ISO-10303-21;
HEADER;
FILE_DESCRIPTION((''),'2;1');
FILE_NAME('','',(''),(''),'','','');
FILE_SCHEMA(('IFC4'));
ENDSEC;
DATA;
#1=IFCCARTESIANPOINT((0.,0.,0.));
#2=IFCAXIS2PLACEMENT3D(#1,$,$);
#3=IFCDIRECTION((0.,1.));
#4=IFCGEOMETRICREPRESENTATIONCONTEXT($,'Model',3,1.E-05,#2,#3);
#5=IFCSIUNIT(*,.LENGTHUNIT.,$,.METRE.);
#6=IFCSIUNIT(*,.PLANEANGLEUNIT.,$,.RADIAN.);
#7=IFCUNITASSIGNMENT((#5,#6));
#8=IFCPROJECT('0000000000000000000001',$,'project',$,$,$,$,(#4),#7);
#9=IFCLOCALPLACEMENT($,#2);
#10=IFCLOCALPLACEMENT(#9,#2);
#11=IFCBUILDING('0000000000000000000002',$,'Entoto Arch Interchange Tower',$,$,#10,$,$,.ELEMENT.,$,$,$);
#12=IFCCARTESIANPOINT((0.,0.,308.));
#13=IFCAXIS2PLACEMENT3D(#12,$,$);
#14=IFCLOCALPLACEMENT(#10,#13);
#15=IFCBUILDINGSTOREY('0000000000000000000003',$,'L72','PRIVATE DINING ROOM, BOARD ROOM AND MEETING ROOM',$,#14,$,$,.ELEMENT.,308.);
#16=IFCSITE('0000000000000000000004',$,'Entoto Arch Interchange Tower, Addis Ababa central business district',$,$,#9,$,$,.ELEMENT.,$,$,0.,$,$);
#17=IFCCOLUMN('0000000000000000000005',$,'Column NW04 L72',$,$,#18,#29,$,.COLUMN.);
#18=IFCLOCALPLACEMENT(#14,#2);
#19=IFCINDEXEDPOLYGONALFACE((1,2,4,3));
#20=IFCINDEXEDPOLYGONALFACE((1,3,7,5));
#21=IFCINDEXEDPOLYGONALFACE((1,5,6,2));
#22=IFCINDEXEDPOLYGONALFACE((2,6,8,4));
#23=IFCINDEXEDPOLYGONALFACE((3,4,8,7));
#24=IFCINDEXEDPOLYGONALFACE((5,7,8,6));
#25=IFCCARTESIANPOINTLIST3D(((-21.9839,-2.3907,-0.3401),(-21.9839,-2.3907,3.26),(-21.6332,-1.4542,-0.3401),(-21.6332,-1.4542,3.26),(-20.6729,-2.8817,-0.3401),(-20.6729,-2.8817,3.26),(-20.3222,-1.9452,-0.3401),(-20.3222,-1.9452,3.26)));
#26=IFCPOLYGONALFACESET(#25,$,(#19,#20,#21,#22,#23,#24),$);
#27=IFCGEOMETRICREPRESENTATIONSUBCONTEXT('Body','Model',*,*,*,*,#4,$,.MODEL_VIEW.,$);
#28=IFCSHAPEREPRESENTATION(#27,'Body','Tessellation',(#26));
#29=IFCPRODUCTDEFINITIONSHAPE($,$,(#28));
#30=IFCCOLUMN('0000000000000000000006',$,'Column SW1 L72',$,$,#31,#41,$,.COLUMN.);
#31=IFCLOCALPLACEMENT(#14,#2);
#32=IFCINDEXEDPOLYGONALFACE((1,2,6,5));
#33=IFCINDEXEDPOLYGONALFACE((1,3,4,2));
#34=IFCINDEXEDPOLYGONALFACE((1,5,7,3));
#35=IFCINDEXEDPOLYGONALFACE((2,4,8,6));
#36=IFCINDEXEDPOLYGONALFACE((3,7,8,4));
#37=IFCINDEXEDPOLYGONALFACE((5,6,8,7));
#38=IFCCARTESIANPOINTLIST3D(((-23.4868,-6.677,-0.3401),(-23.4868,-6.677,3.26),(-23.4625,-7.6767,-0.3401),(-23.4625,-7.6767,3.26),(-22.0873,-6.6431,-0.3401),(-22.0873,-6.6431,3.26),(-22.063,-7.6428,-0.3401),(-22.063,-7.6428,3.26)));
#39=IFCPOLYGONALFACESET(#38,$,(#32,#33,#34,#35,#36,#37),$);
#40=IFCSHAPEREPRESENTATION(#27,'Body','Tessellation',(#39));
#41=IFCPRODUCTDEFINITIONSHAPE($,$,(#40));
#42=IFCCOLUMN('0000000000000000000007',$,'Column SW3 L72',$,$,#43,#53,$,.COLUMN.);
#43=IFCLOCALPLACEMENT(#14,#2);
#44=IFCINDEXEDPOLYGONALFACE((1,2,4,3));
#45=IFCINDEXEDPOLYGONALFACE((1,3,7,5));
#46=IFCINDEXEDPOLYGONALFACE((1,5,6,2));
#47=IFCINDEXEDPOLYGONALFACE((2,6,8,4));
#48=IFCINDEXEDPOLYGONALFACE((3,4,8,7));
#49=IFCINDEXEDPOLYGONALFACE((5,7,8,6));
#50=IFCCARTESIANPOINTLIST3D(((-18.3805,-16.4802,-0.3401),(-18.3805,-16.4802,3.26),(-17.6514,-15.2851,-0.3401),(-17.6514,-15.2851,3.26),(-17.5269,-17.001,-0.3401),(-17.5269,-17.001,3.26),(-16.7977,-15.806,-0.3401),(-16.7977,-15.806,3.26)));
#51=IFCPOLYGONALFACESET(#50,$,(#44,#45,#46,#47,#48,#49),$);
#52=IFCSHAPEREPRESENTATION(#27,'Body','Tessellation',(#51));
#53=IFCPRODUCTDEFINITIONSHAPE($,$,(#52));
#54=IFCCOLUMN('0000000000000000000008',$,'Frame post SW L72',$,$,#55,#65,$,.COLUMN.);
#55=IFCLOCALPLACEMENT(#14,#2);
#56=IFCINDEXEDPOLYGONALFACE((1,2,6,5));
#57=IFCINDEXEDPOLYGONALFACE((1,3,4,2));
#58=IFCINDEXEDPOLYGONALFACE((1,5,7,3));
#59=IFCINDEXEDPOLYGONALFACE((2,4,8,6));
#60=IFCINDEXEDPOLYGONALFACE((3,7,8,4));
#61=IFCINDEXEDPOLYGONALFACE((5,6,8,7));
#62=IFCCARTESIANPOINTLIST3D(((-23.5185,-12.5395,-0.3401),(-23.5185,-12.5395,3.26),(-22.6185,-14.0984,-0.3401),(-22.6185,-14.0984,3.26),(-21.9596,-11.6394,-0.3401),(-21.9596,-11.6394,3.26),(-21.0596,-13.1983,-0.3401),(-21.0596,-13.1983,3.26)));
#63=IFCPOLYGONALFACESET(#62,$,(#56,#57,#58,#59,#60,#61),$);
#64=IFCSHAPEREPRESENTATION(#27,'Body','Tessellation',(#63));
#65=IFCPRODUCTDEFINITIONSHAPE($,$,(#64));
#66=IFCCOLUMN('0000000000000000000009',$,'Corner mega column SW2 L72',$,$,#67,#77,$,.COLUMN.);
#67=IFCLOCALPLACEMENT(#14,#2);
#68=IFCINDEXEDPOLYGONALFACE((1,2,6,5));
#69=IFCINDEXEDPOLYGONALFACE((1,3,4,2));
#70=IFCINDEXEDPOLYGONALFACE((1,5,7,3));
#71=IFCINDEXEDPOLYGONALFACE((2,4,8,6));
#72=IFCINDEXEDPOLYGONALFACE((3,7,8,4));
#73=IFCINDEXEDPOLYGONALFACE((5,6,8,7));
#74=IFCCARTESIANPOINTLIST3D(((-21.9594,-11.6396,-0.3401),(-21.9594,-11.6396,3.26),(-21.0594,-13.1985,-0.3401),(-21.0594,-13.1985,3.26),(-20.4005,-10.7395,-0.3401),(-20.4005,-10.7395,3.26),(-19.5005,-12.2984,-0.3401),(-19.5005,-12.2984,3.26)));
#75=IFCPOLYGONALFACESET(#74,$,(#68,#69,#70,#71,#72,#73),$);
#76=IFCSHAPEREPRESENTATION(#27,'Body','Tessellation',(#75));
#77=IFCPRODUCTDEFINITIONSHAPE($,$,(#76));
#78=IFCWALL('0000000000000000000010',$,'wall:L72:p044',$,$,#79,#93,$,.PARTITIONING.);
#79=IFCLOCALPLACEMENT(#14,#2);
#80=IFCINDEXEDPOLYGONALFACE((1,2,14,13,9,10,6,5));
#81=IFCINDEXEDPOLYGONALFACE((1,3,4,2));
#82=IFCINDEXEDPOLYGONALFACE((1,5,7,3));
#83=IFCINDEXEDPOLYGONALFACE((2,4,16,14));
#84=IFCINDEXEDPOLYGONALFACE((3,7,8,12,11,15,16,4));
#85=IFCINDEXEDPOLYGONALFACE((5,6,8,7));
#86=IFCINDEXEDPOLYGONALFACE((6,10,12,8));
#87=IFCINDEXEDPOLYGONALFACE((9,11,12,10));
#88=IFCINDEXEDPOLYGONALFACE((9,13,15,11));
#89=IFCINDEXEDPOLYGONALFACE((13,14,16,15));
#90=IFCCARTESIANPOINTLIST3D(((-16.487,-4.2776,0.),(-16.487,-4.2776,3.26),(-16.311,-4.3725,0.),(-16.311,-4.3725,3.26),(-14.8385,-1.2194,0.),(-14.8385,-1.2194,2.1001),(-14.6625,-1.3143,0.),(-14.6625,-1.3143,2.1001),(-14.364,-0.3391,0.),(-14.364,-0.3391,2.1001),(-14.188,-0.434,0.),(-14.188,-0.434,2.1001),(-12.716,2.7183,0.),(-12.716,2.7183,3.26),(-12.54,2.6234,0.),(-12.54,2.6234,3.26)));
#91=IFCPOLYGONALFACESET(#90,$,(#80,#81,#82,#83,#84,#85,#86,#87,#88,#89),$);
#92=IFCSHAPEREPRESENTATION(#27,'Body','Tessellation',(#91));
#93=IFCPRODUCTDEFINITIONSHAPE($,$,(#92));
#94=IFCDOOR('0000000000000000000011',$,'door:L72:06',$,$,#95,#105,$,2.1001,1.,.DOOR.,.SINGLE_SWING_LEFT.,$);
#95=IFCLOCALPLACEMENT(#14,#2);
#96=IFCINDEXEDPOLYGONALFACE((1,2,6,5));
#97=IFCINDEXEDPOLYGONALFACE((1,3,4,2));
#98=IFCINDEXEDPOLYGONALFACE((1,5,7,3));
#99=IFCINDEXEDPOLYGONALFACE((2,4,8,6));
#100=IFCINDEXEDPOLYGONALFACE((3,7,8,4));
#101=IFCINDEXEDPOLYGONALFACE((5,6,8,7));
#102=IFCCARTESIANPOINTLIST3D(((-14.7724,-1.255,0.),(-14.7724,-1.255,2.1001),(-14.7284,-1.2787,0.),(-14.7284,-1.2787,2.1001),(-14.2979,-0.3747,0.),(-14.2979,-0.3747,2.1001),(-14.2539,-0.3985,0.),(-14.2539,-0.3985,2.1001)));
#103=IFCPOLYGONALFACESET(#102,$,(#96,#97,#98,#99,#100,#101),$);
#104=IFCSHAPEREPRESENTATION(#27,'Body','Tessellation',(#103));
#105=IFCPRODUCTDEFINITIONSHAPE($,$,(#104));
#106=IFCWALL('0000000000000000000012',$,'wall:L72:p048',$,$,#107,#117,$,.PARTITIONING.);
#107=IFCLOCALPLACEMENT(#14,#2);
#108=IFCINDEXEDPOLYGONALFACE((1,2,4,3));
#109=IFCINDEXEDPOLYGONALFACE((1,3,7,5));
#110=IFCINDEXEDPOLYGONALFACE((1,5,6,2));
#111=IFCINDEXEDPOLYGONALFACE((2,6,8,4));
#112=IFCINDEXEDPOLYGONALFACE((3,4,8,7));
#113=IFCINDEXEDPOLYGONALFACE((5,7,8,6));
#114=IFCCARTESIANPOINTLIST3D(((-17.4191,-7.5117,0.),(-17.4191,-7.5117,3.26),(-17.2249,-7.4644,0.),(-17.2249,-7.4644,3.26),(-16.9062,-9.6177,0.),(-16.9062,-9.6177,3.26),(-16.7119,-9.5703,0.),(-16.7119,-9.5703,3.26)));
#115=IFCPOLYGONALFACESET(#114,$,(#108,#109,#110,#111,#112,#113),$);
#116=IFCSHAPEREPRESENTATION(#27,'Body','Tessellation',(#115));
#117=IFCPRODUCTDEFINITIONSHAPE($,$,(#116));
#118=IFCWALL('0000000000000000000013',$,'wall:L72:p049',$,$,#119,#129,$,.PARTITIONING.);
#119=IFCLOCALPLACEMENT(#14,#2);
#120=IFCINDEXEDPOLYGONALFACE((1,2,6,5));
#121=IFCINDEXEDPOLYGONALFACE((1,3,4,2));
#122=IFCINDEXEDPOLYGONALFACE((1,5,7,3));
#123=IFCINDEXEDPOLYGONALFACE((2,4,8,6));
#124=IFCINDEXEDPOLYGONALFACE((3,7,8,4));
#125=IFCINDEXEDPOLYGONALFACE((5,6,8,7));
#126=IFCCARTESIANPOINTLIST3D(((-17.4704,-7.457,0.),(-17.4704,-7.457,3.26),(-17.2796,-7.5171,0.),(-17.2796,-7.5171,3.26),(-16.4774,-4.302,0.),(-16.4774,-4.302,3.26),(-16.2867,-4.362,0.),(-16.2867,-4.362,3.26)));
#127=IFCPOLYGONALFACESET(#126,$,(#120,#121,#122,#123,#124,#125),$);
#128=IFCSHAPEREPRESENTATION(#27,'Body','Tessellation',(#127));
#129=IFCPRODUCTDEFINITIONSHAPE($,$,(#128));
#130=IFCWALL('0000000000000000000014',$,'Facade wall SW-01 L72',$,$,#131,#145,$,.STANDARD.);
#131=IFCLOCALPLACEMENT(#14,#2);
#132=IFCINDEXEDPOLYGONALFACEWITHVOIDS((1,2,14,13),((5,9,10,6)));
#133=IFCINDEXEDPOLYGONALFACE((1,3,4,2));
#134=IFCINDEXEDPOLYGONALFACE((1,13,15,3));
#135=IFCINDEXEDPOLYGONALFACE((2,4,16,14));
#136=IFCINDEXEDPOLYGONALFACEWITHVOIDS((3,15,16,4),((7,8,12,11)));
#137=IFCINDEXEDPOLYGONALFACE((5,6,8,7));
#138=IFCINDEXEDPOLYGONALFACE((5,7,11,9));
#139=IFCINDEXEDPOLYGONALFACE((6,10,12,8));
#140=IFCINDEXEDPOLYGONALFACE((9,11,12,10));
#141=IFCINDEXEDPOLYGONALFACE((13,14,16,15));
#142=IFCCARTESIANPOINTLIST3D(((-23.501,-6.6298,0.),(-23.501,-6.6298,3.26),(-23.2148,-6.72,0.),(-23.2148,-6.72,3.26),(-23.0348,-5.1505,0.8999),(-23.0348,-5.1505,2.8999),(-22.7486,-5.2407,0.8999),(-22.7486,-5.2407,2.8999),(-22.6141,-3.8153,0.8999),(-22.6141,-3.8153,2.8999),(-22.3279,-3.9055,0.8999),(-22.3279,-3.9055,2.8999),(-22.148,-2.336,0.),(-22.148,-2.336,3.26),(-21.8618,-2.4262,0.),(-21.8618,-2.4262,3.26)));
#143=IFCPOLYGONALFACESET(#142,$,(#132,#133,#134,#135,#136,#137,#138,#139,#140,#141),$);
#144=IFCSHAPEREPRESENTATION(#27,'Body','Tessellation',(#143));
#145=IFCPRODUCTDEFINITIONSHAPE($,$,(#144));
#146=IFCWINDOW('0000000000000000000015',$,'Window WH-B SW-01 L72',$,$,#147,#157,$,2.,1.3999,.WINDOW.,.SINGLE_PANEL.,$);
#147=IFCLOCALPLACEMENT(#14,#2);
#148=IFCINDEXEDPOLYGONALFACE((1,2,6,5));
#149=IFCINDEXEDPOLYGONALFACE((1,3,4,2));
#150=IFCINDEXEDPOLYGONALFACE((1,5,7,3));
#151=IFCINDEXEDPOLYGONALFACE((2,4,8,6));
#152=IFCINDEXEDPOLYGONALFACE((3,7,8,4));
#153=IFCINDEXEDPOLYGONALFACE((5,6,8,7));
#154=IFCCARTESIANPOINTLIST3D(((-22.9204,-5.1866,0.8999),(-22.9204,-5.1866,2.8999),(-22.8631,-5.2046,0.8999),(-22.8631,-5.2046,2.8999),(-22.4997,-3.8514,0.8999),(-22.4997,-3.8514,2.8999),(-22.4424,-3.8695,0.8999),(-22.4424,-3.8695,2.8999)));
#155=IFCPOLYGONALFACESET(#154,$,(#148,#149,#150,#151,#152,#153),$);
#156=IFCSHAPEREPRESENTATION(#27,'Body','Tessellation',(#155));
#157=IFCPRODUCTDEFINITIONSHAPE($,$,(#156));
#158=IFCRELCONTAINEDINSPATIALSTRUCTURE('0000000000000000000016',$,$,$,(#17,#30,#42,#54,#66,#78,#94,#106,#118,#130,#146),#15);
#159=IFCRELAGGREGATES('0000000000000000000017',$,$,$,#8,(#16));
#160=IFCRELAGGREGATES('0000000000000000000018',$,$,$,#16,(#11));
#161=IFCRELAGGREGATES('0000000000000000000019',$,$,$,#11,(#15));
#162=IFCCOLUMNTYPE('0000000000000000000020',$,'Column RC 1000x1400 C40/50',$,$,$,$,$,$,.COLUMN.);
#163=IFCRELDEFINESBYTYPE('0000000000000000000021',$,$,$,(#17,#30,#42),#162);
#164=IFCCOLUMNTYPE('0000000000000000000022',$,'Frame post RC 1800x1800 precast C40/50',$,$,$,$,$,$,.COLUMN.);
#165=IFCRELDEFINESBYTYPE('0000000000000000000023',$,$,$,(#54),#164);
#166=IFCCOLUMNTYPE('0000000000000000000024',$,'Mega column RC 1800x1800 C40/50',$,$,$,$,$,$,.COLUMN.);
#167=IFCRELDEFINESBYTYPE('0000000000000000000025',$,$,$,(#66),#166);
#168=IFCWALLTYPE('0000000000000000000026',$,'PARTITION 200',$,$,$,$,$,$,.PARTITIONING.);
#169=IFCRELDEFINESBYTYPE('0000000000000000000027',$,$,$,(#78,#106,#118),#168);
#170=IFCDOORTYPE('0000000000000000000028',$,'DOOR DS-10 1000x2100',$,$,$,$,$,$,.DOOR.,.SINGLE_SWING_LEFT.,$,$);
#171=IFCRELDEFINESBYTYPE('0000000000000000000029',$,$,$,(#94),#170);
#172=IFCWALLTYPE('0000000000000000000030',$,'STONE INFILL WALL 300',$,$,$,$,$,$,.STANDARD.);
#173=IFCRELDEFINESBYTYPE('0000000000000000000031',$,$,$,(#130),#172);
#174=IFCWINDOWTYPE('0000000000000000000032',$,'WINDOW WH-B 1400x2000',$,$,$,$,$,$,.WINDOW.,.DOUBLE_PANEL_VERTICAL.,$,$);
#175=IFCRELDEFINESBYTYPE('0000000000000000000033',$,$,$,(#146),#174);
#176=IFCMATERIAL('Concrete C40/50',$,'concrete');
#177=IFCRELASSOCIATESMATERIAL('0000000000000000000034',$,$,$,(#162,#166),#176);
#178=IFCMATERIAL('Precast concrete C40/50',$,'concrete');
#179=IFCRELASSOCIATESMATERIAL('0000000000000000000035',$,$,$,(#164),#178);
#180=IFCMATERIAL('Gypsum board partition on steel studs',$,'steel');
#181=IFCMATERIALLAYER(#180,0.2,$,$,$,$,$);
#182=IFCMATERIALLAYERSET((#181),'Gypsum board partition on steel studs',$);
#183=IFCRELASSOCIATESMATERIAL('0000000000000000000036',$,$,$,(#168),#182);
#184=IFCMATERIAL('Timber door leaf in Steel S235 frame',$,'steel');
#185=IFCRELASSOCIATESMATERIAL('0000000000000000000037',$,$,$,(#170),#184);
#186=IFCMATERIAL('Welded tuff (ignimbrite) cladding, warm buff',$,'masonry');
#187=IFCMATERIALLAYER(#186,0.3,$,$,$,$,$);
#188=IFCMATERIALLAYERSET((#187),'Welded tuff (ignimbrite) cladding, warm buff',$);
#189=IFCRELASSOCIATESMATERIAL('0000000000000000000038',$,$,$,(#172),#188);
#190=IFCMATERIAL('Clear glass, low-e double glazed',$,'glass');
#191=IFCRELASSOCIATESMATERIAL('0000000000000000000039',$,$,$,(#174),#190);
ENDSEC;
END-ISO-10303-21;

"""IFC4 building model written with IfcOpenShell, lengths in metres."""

from ifc_helpers import new_model, si_unit, direction, frame, frame_2d, origin, origin_2d, place, context, subcontext, project, spatial, rectangle, extrude, material, layer, layer_set, material_profile, profile_set, type_object, element, fill, save


model = new_model("IFC4")

# Units and contexts
model_context = context("Model", 3, precision=1e-05, world=origin(), true_north=direction((0.0, 1.0)))
body_context = subcontext(model_context, "Body", "Model", "MODEL_VIEW")
ifc_project = project(units=[si_unit("LENGTHUNIT", "METRE"), si_unit("PLANEANGLEUNIT", "RADIAN")], contexts=[model_context])

# Site, building, storey
site_placement = place(None, origin())
site = spatial("IfcSite", under=ifc_project, at=site_placement, Name="Entoto Arch Interchange Tower, Addis Ababa central business district", CompositionType="ELEMENT", RefElevation=0.0)
building_placement = place(site_placement, origin())
building = spatial("IfcBuilding", under=site, at=building_placement, Name="Entoto Arch Interchange Tower", CompositionType="ELEMENT")
storey_placement = place(building_placement, frame((0.0, 0.0, 308.0)))
storey = spatial("IfcBuildingStorey", under=building, at=storey_placement, Name="L72", Description="PRIVATE DINING ROOM, BOARD ROOM AND MEETING ROOM", CompositionType="ELEMENT", Elevation=308.0)

# Columns
ifc_material_1 = material(Name="Concrete C40/50", Category="concrete")
ifc_material_profile_1 = material_profile(ifc_material_1, rectangle(XDim=1.0, YDim=1.3999, at=origin_2d()))
ifc_profile_set_1 = profile_set([ifc_material_profile_1], Name="Concrete C40/50")
column_type_1 = type_object("IfcColumnType", Name="Column RC 1000x1400 C40/50", PredefinedType="COLUMN", material=ifc_profile_set_1)
for number, where, z_axis, x_axis, name in (
    (1, (-21.1531, -2.168, -0.3401), (0.0, 0.0, 1.0), (0.350714, 0.936483, 0.0), "Column NW04 L72"),
    (2, (-22.7749, -7.1599, -0.3401), (0.0, 0.0, 1.0), (-0.024258, 0.999706, 0.0), "Column SW1 L72"),
    (3, (-17.5891, -16.1431, -0.3401), (0.0, 0.0, 1.0), (-0.853651, 0.520846, 0.0), "Column SW3 L72"),
):
    element("IfcColumn", number, at=place(storey_placement, frame(where, z_axis=z_axis, x_axis=x_axis)), inside=storey, type_object=column_type_1, Name=name, PredefinedType="COLUMN", context=body_context, shape_type="SweptSolid", body=[
        extrude(rectangle(XDim=1.0, YDim=1.3999, at=origin_2d()), origin(), (0.0, 0.0, 1.0), 3.6001),
    ])
ifc_material_2 = material(Name="Precast concrete C40/50", Category="concrete")
ifc_material_profile_2 = material_profile(ifc_material_2, rectangle(XDim=1.8, YDim=1.8, at=origin_2d()))
ifc_profile_set_2 = profile_set([ifc_material_profile_2], Name="Precast concrete C40/50")
column_type_2 = type_object("IfcColumnType", Name="Frame post RC 1800x1800 precast C40/50", PredefinedType="COLUMN", material=ifc_profile_set_2)
column_1_placement = place(storey_placement, frame((-22.2891, -12.8689, -0.3401), z_axis=(0.0, 0.0, 1.0), x_axis=(0.866025, 0.5, 0.0)))
element("IfcColumn", 4, at=column_1_placement, inside=storey, type_object=column_type_2, Name="Frame post SW L72", PredefinedType="COLUMN", context=body_context, shape_type="SweptSolid", body=[
    extrude(rectangle(XDim=1.8, YDim=1.8, at=origin_2d()), origin(), (0.0, 0.0, 1.0), 3.6001),
])
ifc_material_profile_3 = material_profile(ifc_material_1, rectangle(XDim=1.8, YDim=1.8, at=origin_2d()))
ifc_profile_set_3 = profile_set([ifc_material_profile_3], Name="Concrete C40/50")
column_type_3 = type_object("IfcColumnType", Name="Mega column RC 1800x1800 C40/50", PredefinedType="COLUMN", material=ifc_profile_set_3)
column_2_placement = place(storey_placement, frame((-20.73, -11.969, -0.3401), z_axis=(0.0, 0.0, 1.0), x_axis=(0.866025, 0.5, 0.0)))
element("IfcColumn", 5, at=column_2_placement, inside=storey, type_object=column_type_3, Name="Corner mega column SW2 L72", PredefinedType="COLUMN", context=body_context, shape_type="SweptSolid", body=[
    extrude(rectangle(XDim=1.8, YDim=1.8, at=origin_2d()), origin(), (0.0, 0.0, 1.0), 3.6001),
])

# Wall, opening, door
ifc_material_3 = material(Name="Gypsum board partition on steel studs", Category="steel")
ifc_layer_1 = layer(ifc_material_3, 0.2)
ifc_layer_set_1 = layer_set([ifc_layer_1], Name="Gypsum board partition on steel studs")
wall_type_1 = type_object("IfcWallType", Name="PARTITION 200", PredefinedType="PARTITIONING", material=ifc_layer_set_1)
wall_1_placement = place(storey_placement, frame((-16.3989, -4.325, 0.0), z_axis=(0.0, 0.0, 1.0), x_axis=(0.47449, 0.880261, 0.0)))
wall_1 = element("IfcWall", 6, at=wall_1_placement, inside=storey, type_object=wall_type_1, Name="wall:L72:p044", PredefinedType="PARTITIONING", context=body_context, shape_type="SweptSolid", body=[
    extrude(rectangle(XDim=7.9475, YDim=0.2, at=frame_2d((3.9736, 0.0))), origin(), (0.0, 0.0, 1.0), 3.26),
])
opening_1_placement = place(wall_1_placement, frame((3.4741, 0.0, 0.0)))
opening_1 = element("IfcOpeningElement", 7, at=opening_1_placement, cuts=wall_1, PredefinedType="OPENING", context=body_context, shape_type="SweptSolid", body=[
    extrude(rectangle(XDim=1.0, YDim=2.1001, at=frame_2d((0.5, 1.05))), frame((0.0, 0.1099, 0.0), z_axis=(0.0, -1.0, 0.0), x_axis=(1.0, 0.0, 0.0)), (0.0, 0.0, 1.0), 0.22),
])
ifc_material_4 = material(Name="Timber door leaf in Steel S235 frame", Category="steel")
door_type = type_object("IfcDoorType", Name="DOOR DS-10 1000x2100", OperationType="SINGLE_SWING_LEFT", PredefinedType="DOOR", material=ifc_material_4)
door_placement = place(opening_1_placement, origin())
door = element("IfcDoor", 8, at=door_placement, inside=storey, type_object=door_type, Name="door:L72:06", OperationType="SINGLE_SWING_LEFT", OverallHeight=2.1001, OverallWidth=1.0, PredefinedType="DOOR", context=body_context, shape_type="SweptSolid", body=[
    extrude(rectangle(XDim=1.0, YDim=2.1001, at=frame_2d((0.5, 1.05))), frame((0.0, 0.0249, 0.0), z_axis=(0.0, -1.0, 0.0), x_axis=(1.0, 0.0, 0.0)), (0.0, 0.0, 1.0), 0.05),
])
fill(opening_1, door)

# Walls
wall_2_placement = place(storey_placement, frame((-16.8091, -9.594, 0.0), z_axis=(0.0, 0.0, 1.0), x_axis=(-0.236648, 0.971596, 0.0)))
element("IfcWall", 9, at=wall_2_placement, inside=storey, type_object=wall_type_1, Name="wall:L72:p048", PredefinedType="PARTITIONING", context=body_context, shape_type="SweptSolid", body=[
    extrude(rectangle(XDim=2.1675, YDim=0.2, at=frame_2d((1.0837, 0.0))), origin(), (0.0, 0.0, 1.0), 3.26),
])
wall_3_placement = place(storey_placement, frame((-17.375, -7.4871, 0.0), z_axis=(0.0, 0.0, 1.0), x_axis=(0.300195, 0.953878, 0.0)))
element("IfcWall", 10, at=wall_3_placement, inside=storey, type_object=wall_type_1, Name="wall:L72:p049", PredefinedType="PARTITIONING", context=body_context, shape_type="SweptSolid", body=[
    extrude(rectangle(XDim=3.3076, YDim=0.2, at=frame_2d((1.6538, 0.0))), origin(), (0.0, 0.0, 1.0), 3.26),
])

# Wall, opening, window
ifc_material_5 = material(Name="Welded tuff (ignimbrite) cladding, warm buff", Category="masonry")
ifc_layer_2 = layer(ifc_material_5, 0.3)
ifc_layer_set_2 = layer_set([ifc_layer_2], Name="Welded tuff (ignimbrite) cladding, warm buff")
wall_type_2 = type_object("IfcWallType", Name="STONE INFILL WALL 300", PredefinedType="STANDARD", material=ifc_layer_set_2)
wall_4_placement = place(storey_placement, frame((-22.0049, -2.3811, 0.0), z_axis=(0.0, 0.0, 1.0), x_axis=(-0.300534, -0.953771, 0.0)))
wall_4 = element("IfcWall", 11, at=wall_4_placement, inside=storey, type_object=wall_type_2, Name="Facade wall SW-01 L72", PredefinedType="STANDARD", context=body_context, shape_type="SweptSolid", body=[
    extrude(rectangle(XDim=4.502, YDim=0.3, at=frame_2d((2.251, 0.0))), origin(), (0.0, 0.0, 1.0), 3.26),
])
opening_2_placement = place(wall_4_placement, frame((1.551, 0.0, 0.8999)))
opening_2 = element("IfcOpeningElement", 12, at=opening_2_placement, cuts=wall_4, PredefinedType="OPENING", context=body_context, shape_type="SweptSolid", body=[
    extrude(rectangle(XDim=1.3999, YDim=2.0, at=frame_2d((0.7, 1.0))), frame((0.0, 0.1602, 0.0), z_axis=(0.0, -1.0, 0.0), x_axis=(1.0, 0.0, 0.0)), (0.0, 0.0, 1.0), 0.3201),
])
ifc_material_6 = material(Name="Clear glass, low-e double glazed", Category="glass")
window_type = type_object("IfcWindowType", Name="WINDOW WH-B 1400x2000", PartitioningType="DOUBLE_PANEL_VERTICAL", PredefinedType="WINDOW", material=ifc_material_6)
window_1_placement = place(opening_2_placement, origin())
window_1 = element("IfcWindow", 13, at=window_1_placement, inside=storey, type_object=window_type, Name="Window WH-B SW-01 L72", OverallHeight=2.0, OverallWidth=1.3999, PartitioningType="SINGLE_PANEL", PredefinedType="WINDOW", context=body_context, shape_type="SweptSolid", body=[
    extrude(rectangle(XDim=1.3999, YDim=2.0, at=frame_2d((0.7, 1.0))), frame((0.0, 0.03, 0.0), z_axis=(0.0, -1.0, 0.0), x_axis=(1.0, 0.0, 0.0)), (0.0, 0.0, 1.0), 0.0601),
])
fill(opening_2, window_1)

save(model, "model.ifc")
